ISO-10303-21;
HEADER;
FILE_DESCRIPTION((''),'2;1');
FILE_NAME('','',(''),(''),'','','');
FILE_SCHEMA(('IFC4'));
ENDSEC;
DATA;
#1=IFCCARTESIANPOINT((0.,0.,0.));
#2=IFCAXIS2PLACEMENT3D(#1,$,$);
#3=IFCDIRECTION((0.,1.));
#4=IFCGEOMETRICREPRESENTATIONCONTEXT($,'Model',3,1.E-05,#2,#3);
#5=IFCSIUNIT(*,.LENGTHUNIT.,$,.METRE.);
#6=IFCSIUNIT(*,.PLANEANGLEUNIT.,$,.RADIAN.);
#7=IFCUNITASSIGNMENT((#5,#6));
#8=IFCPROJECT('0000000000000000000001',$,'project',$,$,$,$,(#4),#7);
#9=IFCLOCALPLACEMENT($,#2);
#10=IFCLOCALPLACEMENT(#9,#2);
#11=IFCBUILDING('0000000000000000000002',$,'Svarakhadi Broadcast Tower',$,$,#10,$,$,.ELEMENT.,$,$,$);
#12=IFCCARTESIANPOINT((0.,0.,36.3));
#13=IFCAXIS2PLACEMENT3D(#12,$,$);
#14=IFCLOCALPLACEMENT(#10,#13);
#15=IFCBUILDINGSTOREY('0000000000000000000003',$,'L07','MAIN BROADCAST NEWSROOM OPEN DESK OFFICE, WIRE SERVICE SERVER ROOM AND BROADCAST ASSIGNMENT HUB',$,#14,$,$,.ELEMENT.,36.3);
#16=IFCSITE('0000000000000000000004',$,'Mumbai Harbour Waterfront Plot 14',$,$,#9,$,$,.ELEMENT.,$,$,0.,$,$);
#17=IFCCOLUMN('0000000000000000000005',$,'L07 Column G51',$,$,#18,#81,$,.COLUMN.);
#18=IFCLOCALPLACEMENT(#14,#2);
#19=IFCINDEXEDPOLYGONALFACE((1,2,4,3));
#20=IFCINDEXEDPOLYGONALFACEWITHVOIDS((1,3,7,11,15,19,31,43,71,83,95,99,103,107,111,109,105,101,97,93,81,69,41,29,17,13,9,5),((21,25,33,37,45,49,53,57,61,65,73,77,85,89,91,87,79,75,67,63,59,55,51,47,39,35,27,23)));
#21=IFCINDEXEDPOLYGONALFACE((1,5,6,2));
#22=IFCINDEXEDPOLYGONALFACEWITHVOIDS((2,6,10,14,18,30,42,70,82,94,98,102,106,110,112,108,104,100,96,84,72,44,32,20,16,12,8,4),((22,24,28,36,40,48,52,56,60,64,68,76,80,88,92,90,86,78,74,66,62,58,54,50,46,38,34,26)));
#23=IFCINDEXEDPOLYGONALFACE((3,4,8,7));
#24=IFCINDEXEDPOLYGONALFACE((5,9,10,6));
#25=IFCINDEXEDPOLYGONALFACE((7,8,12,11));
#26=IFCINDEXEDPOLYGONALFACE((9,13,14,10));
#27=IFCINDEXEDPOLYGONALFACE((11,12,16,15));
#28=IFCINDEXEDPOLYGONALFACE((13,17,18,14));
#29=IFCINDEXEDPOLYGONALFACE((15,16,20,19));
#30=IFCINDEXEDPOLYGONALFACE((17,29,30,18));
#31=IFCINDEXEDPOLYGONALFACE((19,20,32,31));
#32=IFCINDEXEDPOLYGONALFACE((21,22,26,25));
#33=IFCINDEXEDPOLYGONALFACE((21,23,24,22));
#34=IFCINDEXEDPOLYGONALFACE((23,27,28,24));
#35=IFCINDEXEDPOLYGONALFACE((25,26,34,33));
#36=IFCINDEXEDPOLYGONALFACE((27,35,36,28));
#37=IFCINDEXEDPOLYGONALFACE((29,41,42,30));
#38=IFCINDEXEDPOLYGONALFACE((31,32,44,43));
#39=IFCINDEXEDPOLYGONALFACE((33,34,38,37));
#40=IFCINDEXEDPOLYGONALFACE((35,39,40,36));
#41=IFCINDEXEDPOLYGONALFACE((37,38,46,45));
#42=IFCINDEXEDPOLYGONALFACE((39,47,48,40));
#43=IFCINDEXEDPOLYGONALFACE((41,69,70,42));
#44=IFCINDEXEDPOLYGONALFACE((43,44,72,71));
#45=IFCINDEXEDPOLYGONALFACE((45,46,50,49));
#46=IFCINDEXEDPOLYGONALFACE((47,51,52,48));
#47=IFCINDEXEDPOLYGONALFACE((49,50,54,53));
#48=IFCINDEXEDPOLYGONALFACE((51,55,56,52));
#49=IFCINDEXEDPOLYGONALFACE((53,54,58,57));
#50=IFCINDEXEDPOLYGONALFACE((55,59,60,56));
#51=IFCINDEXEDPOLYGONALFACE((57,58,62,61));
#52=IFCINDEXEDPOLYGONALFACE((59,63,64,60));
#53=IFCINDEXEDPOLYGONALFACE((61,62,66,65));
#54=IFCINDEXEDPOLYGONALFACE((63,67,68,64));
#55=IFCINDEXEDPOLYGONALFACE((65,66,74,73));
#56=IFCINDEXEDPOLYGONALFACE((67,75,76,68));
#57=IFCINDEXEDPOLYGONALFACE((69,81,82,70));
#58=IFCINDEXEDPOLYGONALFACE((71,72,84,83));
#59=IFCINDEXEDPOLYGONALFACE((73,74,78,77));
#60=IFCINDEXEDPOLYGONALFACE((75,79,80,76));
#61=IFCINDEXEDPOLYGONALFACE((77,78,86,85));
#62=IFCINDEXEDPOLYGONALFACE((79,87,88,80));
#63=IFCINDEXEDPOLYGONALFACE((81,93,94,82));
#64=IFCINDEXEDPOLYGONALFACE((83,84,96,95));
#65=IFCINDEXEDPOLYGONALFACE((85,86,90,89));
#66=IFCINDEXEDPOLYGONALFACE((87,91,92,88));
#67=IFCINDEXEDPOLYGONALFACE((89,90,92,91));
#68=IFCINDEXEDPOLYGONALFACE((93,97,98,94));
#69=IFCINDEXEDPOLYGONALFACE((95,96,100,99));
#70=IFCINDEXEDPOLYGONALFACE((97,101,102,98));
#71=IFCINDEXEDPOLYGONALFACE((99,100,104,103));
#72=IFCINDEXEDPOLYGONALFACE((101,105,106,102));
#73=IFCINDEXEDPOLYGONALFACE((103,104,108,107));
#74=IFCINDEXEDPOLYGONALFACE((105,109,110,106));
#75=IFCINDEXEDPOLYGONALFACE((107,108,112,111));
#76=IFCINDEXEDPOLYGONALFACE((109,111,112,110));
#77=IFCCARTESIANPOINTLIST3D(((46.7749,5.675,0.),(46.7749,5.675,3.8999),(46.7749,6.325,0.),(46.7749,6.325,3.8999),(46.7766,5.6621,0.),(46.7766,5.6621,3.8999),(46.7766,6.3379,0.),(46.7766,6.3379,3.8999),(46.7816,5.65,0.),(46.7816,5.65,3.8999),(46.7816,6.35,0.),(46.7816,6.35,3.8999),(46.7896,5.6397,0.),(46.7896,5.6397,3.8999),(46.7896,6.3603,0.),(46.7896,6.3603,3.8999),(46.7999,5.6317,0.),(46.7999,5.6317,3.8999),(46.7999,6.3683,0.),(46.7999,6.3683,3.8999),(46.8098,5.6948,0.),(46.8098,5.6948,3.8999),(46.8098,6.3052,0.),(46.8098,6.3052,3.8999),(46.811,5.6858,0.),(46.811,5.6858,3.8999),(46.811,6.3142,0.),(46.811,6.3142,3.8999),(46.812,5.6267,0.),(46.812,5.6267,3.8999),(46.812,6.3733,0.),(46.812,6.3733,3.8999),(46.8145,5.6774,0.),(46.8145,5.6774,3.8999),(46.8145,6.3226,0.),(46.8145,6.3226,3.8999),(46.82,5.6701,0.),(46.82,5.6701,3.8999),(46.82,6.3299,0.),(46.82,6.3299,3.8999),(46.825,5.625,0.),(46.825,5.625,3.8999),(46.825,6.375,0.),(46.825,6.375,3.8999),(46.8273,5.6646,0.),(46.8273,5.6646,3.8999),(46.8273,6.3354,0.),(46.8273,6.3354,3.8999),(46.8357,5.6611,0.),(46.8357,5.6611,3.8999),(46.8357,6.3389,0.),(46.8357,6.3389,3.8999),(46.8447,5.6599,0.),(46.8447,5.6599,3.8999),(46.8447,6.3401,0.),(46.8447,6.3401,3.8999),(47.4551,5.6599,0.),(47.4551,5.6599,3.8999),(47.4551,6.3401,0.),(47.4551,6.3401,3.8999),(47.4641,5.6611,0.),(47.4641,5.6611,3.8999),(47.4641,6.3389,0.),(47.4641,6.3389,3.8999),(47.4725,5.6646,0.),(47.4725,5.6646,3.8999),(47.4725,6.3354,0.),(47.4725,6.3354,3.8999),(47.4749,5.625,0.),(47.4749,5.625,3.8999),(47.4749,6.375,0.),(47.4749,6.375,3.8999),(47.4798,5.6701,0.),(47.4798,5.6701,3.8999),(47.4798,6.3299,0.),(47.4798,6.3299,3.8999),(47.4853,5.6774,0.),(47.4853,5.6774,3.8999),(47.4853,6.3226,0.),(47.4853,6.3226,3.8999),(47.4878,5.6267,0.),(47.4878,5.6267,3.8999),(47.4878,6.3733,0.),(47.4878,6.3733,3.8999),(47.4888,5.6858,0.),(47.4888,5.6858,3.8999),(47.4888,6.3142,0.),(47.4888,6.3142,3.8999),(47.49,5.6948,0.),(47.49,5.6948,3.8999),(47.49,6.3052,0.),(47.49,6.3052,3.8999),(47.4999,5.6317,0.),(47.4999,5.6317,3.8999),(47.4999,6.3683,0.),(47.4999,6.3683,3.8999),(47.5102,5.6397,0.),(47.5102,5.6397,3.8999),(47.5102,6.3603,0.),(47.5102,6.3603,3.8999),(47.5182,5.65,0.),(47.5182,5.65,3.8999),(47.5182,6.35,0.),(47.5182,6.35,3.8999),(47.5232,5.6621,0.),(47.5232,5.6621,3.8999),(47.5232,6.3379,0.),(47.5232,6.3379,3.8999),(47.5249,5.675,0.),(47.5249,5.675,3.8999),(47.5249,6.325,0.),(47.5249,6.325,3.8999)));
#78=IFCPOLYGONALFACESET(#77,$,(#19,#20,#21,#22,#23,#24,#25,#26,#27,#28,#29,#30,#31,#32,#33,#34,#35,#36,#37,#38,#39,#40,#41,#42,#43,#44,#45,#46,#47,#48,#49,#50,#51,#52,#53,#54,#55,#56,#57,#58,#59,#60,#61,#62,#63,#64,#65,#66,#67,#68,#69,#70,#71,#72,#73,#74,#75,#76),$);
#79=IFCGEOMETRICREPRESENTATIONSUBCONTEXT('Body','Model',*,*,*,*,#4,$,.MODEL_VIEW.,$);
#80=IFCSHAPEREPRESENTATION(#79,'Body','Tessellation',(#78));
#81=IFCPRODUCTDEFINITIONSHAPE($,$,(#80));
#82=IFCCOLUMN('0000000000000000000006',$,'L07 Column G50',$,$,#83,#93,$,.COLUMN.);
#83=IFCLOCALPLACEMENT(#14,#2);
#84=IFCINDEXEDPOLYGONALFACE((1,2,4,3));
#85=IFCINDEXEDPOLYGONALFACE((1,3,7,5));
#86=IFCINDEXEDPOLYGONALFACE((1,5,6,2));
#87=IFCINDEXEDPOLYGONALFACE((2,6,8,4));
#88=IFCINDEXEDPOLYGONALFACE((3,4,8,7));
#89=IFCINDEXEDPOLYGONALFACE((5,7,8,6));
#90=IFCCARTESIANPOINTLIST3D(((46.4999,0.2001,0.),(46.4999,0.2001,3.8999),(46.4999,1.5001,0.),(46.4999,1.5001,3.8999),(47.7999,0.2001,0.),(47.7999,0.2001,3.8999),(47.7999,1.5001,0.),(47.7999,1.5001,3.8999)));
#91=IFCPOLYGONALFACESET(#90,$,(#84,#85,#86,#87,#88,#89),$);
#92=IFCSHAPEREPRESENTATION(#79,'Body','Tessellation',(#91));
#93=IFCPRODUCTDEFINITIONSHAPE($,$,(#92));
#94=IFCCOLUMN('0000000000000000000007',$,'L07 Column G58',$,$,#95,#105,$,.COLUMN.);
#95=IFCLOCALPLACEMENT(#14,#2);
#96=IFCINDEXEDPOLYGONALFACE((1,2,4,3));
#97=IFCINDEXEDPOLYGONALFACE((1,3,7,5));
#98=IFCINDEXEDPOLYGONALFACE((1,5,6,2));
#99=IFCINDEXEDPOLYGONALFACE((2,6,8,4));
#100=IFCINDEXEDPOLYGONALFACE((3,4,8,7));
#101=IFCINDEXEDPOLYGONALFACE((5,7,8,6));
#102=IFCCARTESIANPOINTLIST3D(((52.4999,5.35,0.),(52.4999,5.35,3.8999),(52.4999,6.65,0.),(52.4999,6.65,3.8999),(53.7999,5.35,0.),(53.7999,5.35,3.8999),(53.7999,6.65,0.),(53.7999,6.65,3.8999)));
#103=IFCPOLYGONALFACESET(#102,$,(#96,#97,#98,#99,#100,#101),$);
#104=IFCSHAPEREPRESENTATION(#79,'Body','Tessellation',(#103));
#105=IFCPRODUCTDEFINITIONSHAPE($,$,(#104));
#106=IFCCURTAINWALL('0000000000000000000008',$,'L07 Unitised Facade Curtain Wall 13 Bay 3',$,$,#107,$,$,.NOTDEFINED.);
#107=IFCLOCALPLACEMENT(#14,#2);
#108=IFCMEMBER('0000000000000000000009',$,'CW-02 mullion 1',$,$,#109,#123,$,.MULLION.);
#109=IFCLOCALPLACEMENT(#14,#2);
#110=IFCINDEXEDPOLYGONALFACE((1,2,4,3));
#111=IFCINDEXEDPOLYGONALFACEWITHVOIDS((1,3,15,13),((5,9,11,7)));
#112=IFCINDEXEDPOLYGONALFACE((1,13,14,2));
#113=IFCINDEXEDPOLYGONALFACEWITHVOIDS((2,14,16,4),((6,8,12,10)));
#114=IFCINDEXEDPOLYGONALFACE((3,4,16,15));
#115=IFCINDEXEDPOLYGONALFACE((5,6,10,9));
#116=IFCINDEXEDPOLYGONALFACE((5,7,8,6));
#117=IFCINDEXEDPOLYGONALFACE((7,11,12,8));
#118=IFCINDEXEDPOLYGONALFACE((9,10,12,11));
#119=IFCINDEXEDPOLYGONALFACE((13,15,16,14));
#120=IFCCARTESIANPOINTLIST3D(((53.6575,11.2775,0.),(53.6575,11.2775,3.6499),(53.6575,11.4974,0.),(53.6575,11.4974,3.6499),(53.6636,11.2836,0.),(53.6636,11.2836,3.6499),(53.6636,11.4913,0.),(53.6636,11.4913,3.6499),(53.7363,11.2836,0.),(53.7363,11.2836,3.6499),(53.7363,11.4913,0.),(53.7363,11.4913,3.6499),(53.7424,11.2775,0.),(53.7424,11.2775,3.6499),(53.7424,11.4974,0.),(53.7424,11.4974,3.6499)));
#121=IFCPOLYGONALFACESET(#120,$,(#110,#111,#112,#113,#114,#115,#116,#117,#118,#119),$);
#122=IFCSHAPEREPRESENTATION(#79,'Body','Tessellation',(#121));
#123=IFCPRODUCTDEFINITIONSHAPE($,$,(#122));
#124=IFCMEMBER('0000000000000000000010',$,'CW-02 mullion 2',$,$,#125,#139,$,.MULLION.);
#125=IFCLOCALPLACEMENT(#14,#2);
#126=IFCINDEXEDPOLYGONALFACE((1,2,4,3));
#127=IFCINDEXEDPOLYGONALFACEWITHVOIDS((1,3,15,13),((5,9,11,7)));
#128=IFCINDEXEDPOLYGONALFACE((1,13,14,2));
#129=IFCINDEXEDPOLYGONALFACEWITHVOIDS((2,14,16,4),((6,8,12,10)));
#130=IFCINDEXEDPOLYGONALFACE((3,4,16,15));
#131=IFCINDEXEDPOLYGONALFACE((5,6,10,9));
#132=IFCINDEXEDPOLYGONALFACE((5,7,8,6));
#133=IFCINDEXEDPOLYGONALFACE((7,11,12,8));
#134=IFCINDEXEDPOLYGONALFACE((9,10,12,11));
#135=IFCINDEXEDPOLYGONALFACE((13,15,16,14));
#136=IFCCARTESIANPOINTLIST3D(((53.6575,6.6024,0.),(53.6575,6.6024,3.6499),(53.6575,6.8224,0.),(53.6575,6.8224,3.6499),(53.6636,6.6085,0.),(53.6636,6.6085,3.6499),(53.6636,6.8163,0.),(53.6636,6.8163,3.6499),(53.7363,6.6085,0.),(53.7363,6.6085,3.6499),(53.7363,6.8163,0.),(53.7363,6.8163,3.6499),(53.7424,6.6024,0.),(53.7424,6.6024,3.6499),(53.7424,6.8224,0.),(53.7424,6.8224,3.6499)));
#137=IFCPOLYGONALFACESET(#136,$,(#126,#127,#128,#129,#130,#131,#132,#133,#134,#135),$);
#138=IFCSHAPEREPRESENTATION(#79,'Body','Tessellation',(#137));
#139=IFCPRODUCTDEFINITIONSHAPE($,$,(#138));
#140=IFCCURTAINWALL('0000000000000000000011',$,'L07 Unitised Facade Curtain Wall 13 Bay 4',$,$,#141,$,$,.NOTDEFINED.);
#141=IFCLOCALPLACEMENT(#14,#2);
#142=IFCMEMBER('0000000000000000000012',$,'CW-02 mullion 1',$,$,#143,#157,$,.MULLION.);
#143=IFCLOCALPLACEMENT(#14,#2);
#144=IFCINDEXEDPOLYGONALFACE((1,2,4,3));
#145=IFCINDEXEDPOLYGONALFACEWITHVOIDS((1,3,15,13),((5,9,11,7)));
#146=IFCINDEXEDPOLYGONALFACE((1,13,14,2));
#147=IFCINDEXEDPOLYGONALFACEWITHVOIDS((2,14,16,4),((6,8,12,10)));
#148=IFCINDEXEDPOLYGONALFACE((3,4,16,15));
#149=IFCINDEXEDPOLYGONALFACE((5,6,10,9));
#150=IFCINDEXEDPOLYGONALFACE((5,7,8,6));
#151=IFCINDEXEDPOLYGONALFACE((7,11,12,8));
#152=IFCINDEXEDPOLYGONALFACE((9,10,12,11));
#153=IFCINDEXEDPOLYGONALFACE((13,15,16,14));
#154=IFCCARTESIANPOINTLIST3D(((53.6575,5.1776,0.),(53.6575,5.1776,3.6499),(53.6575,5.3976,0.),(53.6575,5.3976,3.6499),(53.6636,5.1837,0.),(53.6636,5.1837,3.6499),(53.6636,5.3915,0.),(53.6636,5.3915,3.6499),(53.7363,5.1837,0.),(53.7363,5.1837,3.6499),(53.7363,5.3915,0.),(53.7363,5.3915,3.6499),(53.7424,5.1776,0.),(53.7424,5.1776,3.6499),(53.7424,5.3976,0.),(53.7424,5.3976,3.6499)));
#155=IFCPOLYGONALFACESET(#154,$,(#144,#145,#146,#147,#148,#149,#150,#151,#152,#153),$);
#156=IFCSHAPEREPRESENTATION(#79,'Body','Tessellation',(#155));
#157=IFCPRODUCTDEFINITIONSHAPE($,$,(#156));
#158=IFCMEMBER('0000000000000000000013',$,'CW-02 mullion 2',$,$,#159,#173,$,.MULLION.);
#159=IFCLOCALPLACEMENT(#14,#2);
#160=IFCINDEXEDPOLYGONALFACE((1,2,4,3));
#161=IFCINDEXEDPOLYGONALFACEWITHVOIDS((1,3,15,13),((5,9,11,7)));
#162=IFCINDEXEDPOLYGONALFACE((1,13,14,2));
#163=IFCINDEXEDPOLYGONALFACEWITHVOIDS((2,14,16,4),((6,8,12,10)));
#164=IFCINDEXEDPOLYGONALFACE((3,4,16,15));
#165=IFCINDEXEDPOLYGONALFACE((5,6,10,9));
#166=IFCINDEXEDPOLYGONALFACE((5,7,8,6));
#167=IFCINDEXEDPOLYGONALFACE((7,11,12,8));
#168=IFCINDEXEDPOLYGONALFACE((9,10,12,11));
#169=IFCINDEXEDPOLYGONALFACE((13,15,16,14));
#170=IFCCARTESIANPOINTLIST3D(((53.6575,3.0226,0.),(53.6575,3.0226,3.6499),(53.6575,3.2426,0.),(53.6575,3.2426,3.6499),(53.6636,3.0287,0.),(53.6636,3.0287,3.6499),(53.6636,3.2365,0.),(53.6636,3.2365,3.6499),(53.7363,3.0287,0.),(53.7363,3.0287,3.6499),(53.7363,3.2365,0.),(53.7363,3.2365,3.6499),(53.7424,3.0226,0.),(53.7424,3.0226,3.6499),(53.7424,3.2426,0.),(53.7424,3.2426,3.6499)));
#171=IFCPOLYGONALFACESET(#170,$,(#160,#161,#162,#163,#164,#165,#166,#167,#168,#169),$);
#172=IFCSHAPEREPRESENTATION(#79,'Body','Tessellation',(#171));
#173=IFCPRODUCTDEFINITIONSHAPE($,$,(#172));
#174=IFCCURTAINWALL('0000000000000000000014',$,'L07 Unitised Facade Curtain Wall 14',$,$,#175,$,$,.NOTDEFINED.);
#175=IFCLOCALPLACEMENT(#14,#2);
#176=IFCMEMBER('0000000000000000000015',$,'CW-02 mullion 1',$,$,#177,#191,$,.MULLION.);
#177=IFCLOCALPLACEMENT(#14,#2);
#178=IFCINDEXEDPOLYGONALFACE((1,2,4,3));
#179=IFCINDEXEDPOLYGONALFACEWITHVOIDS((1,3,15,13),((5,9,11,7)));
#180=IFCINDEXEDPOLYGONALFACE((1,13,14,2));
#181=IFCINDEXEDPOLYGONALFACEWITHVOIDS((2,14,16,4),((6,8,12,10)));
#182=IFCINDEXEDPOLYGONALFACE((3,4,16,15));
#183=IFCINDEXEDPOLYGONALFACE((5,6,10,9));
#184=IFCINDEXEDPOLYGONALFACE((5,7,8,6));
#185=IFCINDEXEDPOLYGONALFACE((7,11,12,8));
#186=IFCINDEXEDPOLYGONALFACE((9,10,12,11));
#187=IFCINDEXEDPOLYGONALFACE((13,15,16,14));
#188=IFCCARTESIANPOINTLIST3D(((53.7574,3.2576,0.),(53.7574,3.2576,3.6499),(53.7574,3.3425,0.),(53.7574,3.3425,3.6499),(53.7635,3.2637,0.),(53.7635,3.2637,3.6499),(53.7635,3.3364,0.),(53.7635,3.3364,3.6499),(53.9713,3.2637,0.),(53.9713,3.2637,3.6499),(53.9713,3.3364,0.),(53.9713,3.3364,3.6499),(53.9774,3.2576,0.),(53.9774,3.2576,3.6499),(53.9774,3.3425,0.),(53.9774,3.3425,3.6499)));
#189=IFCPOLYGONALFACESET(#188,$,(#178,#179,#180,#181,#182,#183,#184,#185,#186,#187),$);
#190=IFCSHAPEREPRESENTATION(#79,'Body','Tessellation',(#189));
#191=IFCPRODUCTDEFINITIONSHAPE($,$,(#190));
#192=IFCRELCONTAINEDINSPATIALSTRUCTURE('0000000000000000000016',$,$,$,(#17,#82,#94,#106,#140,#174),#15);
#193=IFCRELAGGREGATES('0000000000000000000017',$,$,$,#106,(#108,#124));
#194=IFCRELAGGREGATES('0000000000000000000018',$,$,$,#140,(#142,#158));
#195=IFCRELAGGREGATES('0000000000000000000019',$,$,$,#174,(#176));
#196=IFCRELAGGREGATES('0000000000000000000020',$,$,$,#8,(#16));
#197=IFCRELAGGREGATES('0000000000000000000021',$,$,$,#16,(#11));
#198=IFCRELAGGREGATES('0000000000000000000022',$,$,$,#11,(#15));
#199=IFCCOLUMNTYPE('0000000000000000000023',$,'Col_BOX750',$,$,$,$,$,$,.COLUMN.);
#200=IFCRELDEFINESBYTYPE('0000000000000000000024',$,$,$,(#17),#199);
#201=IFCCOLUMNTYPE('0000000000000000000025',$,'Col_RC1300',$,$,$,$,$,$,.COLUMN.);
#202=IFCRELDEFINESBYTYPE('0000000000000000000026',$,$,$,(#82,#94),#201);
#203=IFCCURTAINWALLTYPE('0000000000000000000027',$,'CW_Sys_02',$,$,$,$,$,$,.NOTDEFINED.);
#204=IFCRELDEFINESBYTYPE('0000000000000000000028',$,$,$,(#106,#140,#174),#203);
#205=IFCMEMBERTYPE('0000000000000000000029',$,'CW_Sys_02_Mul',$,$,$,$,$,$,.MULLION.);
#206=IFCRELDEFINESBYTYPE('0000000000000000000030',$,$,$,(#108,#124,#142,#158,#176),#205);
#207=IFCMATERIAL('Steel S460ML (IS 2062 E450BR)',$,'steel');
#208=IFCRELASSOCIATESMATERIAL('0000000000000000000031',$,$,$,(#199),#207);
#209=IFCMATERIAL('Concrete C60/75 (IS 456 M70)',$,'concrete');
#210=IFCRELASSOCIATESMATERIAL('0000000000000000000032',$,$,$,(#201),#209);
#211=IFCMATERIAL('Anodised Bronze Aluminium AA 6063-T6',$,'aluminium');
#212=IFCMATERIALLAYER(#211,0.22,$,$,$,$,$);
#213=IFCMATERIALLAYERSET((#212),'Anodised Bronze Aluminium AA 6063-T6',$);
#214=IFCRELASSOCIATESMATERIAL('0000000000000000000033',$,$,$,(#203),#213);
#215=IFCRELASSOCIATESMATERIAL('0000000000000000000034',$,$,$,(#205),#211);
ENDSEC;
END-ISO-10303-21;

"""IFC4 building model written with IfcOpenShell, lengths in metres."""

from ifc_helpers import new_model, si_unit, direction, frame, origin, origin_2d, place, context, subcontext, project, spatial, rectangle, hollow_rectangle, extrude, material, layer, layer_set, material_profile, profile_set, type_object, element, aggregate, save


model = new_model("IFC4")

# Units and contexts
model_context = context("Model", 3, precision=1e-05, world=origin(), true_north=direction((0.0, 1.0)))
body_context = subcontext(model_context, "Body", "Model", "MODEL_VIEW")
ifc_project = project(units=[si_unit("LENGTHUNIT", "METRE"), si_unit("PLANEANGLEUNIT", "RADIAN")], contexts=[model_context])

# Site, building, storey
site_placement = place(None, origin())
site = spatial("IfcSite", under=ifc_project, at=site_placement, Name="Mumbai Harbour Waterfront Plot 14", CompositionType="ELEMENT", RefElevation=0.0)
building_placement = place(site_placement, origin())
building = spatial("IfcBuilding", under=site, at=building_placement, Name="Svarakhadi Broadcast Tower", CompositionType="ELEMENT")
storey_placement = place(building_placement, frame((0.0, 0.0, 36.3)))
storey = spatial("IfcBuildingStorey", under=building, at=storey_placement, Name="L07", Description="MAIN BROADCAST NEWSROOM OPEN DESK OFFICE, WIRE SERVICE SERVER ROOM AND BROADCAST ASSIGNMENT HUB", CompositionType="ELEMENT", Elevation=36.3)

# Columns
ifc_material_1 = material(Name="Steel S460ML (IS 2062 E450BR)", Category="steel")
ifc_material_profile_1 = material_profile(ifc_material_1, hollow_rectangle(XDim=0.75, YDim=0.75, WallThickness=0.0349, InnerFilletRadius=0.0349, OuterFilletRadius=0.05, at=origin_2d()), Name="BOX 750x750x35")
ifc_profile_set_1 = profile_set([ifc_material_profile_1], Name="Steel S460ML (IS 2062 E450BR)")
column_type_1 = type_object("IfcColumnType", Name="Col_BOX750", PredefinedType="COLUMN", material=ifc_profile_set_1)
column_placement = place(storey_placement, frame((47.1499, 6.0, 0.0), z_axis=(0.0, 0.0, 1.0), x_axis=(1.0, 0.0, 0.0)))
element("IfcColumn", 1, at=column_placement, inside=storey, type_object=column_type_1, Name="L07 Column G51", PredefinedType="COLUMN", context=body_context, shape_type="SweptSolid", body=[
    extrude(hollow_rectangle(XDim=0.75, YDim=0.75, WallThickness=0.0349, InnerFilletRadius=0.0349, OuterFilletRadius=0.05, at=origin_2d()), origin(), (0.0, 0.0, 1.0), 3.8999),
])
ifc_material_2 = material(Name="Concrete C60/75 (IS 456 M70)", Category="concrete")
ifc_material_profile_2 = material_profile(ifc_material_2, rectangle(XDim=1.3, YDim=1.3, at=origin_2d()), Name="RC 1300x1300")
ifc_profile_set_2 = profile_set([ifc_material_profile_2], Name="Concrete C60/75 (IS 456 M70)")
column_type_2 = type_object("IfcColumnType", Name="Col_RC1300", PredefinedType="COLUMN", material=ifc_profile_set_2)
for number, where, z_axis, x_axis, name in (
    (2, (47.1499, 0.8501, 0.0), (0.0, 0.0, 1.0), (1.0, 0.0, 0.0), "L07 Column G50"),
    (3, (53.1499, 6.0, 0.0), (0.0, 0.0, 1.0), (1.0, 0.0, 0.0), "L07 Column G58"),
):
    element("IfcColumn", number, at=place(storey_placement, frame(where, z_axis=z_axis, x_axis=x_axis)), inside=storey, type_object=column_type_2, Name=name, PredefinedType="COLUMN", context=body_context, shape_type="SweptSolid", body=[
        extrude(rectangle(XDim=1.3, YDim=1.3, at=origin_2d()), origin(), (0.0, 0.0, 1.0), 3.8999),
    ])

# Curtain walls, members
ifc_material_3 = material(Name="Anodised Bronze Aluminium AA 6063-T6", Category="aluminium")
ifc_layer_1 = layer(ifc_material_3, 0.22)
ifc_layer_set_1 = layer_set([ifc_layer_1], Name="Anodised Bronze Aluminium AA 6063-T6")
curtain_wall_type = type_object("IfcCurtainWallType", Name="CW_Sys_02", PredefinedType="NOTDEFINED", material=ifc_layer_set_1)
curtain_wall_1_placement = place(storey_placement, origin())
curtain_wall_1 = element("IfcCurtainWall", 4, at=curtain_wall_1_placement, inside=storey, type_object=curtain_wall_type, Name="L07 Unitised Facade Curtain Wall 13 Bay 3", PredefinedType="NOTDEFINED")
ifc_material_profile_3 = material_profile(ifc_material_3, hollow_rectangle(XDim=0.085, YDim=0.22, WallThickness=0.0061, at=origin_2d()), Name="ALU MULLION 220x85x6")
ifc_profile_set_3 = profile_set([ifc_material_profile_3], Name="Anodised Bronze Aluminium AA 6063-T6")
member_type_1 = type_object("IfcMemberType", Name="CW_Sys_02_Mul", PredefinedType="MULLION", material=ifc_profile_set_3)
member_1_placement = place(storey_placement, frame((53.7, 11.3875, 0.0), z_axis=(0.0, 0.0, 1.0), x_axis=(1.0, 0.0, 0.0)))
member_1 = element("IfcMember", 5, at=member_1_placement, type_object=member_type_1, Name="CW-02 mullion 1", PredefinedType="MULLION", context=body_context, shape_type="SweptSolid", body=[
    extrude(hollow_rectangle(XDim=0.085, YDim=0.22, WallThickness=0.0061, at=origin_2d()), origin(), (0.0, 0.0, 1.0), 3.6499),
])
member_2_placement = place(storey_placement, frame((53.7, 6.7124, 0.0), z_axis=(0.0, 0.0, 1.0), x_axis=(1.0, 0.0, 0.0)))
member_2 = element("IfcMember", 6, at=member_2_placement, type_object=member_type_1, Name="CW-02 mullion 2", PredefinedType="MULLION", context=body_context, shape_type="SweptSolid", body=[
    extrude(hollow_rectangle(XDim=0.085, YDim=0.22, WallThickness=0.0061, at=origin_2d()), origin(), (0.0, 0.0, 1.0), 3.6499),
])
curtain_wall_2_placement = place(storey_placement, origin())
curtain_wall_2 = element("IfcCurtainWall", 7, at=curtain_wall_2_placement, inside=storey, type_object=curtain_wall_type, Name="L07 Unitised Facade Curtain Wall 13 Bay 4", PredefinedType="NOTDEFINED")
member_3_placement = place(storey_placement, frame((53.7, 5.2876, 0.0), z_axis=(0.0, 0.0, 1.0), x_axis=(1.0, 0.0, 0.0)))
member_3 = element("IfcMember", 8, at=member_3_placement, type_object=member_type_1, Name="CW-02 mullion 1", PredefinedType="MULLION", context=body_context, shape_type="SweptSolid", body=[
    extrude(hollow_rectangle(XDim=0.085, YDim=0.22, WallThickness=0.0061, at=origin_2d()), origin(), (0.0, 0.0, 1.0), 3.6499),
])
member_4_placement = place(storey_placement, frame((53.7, 3.1326, 0.0), z_axis=(0.0, 0.0, 1.0), x_axis=(1.0, 0.0, 0.0)))
member_4 = element("IfcMember", 9, at=member_4_placement, type_object=member_type_1, Name="CW-02 mullion 2", PredefinedType="MULLION", context=body_context, shape_type="SweptSolid", body=[
    extrude(hollow_rectangle(XDim=0.085, YDim=0.22, WallThickness=0.0061, at=origin_2d()), origin(), (0.0, 0.0, 1.0), 3.6499),
])
curtain_wall_3_placement = place(storey_placement, origin())
curtain_wall_3 = element("IfcCurtainWall", 10, at=curtain_wall_3_placement, inside=storey, type_object=curtain_wall_type, Name="L07 Unitised Facade Curtain Wall 14", PredefinedType="NOTDEFINED")
member_5_placement = place(storey_placement, frame((53.8674, 3.3, 0.0), z_axis=(0.0, 0.0, 1.0), x_axis=(0.0, -1.0, 0.0)))
member_5 = element("IfcMember", 11, at=member_5_placement, type_object=member_type_1, Name="CW-02 mullion 1", PredefinedType="MULLION", context=body_context, shape_type="SweptSolid", body=[
    extrude(hollow_rectangle(XDim=0.085, YDim=0.22, WallThickness=0.0061, at=origin_2d()), origin(), (0.0, 0.0, 1.0), 3.6499),
])

aggregate(curtain_wall_1, [member_1, member_2])
aggregate(curtain_wall_2, [member_3, member_4])
aggregate(curtain_wall_3, [member_5])

save(model, "model.ifc")
